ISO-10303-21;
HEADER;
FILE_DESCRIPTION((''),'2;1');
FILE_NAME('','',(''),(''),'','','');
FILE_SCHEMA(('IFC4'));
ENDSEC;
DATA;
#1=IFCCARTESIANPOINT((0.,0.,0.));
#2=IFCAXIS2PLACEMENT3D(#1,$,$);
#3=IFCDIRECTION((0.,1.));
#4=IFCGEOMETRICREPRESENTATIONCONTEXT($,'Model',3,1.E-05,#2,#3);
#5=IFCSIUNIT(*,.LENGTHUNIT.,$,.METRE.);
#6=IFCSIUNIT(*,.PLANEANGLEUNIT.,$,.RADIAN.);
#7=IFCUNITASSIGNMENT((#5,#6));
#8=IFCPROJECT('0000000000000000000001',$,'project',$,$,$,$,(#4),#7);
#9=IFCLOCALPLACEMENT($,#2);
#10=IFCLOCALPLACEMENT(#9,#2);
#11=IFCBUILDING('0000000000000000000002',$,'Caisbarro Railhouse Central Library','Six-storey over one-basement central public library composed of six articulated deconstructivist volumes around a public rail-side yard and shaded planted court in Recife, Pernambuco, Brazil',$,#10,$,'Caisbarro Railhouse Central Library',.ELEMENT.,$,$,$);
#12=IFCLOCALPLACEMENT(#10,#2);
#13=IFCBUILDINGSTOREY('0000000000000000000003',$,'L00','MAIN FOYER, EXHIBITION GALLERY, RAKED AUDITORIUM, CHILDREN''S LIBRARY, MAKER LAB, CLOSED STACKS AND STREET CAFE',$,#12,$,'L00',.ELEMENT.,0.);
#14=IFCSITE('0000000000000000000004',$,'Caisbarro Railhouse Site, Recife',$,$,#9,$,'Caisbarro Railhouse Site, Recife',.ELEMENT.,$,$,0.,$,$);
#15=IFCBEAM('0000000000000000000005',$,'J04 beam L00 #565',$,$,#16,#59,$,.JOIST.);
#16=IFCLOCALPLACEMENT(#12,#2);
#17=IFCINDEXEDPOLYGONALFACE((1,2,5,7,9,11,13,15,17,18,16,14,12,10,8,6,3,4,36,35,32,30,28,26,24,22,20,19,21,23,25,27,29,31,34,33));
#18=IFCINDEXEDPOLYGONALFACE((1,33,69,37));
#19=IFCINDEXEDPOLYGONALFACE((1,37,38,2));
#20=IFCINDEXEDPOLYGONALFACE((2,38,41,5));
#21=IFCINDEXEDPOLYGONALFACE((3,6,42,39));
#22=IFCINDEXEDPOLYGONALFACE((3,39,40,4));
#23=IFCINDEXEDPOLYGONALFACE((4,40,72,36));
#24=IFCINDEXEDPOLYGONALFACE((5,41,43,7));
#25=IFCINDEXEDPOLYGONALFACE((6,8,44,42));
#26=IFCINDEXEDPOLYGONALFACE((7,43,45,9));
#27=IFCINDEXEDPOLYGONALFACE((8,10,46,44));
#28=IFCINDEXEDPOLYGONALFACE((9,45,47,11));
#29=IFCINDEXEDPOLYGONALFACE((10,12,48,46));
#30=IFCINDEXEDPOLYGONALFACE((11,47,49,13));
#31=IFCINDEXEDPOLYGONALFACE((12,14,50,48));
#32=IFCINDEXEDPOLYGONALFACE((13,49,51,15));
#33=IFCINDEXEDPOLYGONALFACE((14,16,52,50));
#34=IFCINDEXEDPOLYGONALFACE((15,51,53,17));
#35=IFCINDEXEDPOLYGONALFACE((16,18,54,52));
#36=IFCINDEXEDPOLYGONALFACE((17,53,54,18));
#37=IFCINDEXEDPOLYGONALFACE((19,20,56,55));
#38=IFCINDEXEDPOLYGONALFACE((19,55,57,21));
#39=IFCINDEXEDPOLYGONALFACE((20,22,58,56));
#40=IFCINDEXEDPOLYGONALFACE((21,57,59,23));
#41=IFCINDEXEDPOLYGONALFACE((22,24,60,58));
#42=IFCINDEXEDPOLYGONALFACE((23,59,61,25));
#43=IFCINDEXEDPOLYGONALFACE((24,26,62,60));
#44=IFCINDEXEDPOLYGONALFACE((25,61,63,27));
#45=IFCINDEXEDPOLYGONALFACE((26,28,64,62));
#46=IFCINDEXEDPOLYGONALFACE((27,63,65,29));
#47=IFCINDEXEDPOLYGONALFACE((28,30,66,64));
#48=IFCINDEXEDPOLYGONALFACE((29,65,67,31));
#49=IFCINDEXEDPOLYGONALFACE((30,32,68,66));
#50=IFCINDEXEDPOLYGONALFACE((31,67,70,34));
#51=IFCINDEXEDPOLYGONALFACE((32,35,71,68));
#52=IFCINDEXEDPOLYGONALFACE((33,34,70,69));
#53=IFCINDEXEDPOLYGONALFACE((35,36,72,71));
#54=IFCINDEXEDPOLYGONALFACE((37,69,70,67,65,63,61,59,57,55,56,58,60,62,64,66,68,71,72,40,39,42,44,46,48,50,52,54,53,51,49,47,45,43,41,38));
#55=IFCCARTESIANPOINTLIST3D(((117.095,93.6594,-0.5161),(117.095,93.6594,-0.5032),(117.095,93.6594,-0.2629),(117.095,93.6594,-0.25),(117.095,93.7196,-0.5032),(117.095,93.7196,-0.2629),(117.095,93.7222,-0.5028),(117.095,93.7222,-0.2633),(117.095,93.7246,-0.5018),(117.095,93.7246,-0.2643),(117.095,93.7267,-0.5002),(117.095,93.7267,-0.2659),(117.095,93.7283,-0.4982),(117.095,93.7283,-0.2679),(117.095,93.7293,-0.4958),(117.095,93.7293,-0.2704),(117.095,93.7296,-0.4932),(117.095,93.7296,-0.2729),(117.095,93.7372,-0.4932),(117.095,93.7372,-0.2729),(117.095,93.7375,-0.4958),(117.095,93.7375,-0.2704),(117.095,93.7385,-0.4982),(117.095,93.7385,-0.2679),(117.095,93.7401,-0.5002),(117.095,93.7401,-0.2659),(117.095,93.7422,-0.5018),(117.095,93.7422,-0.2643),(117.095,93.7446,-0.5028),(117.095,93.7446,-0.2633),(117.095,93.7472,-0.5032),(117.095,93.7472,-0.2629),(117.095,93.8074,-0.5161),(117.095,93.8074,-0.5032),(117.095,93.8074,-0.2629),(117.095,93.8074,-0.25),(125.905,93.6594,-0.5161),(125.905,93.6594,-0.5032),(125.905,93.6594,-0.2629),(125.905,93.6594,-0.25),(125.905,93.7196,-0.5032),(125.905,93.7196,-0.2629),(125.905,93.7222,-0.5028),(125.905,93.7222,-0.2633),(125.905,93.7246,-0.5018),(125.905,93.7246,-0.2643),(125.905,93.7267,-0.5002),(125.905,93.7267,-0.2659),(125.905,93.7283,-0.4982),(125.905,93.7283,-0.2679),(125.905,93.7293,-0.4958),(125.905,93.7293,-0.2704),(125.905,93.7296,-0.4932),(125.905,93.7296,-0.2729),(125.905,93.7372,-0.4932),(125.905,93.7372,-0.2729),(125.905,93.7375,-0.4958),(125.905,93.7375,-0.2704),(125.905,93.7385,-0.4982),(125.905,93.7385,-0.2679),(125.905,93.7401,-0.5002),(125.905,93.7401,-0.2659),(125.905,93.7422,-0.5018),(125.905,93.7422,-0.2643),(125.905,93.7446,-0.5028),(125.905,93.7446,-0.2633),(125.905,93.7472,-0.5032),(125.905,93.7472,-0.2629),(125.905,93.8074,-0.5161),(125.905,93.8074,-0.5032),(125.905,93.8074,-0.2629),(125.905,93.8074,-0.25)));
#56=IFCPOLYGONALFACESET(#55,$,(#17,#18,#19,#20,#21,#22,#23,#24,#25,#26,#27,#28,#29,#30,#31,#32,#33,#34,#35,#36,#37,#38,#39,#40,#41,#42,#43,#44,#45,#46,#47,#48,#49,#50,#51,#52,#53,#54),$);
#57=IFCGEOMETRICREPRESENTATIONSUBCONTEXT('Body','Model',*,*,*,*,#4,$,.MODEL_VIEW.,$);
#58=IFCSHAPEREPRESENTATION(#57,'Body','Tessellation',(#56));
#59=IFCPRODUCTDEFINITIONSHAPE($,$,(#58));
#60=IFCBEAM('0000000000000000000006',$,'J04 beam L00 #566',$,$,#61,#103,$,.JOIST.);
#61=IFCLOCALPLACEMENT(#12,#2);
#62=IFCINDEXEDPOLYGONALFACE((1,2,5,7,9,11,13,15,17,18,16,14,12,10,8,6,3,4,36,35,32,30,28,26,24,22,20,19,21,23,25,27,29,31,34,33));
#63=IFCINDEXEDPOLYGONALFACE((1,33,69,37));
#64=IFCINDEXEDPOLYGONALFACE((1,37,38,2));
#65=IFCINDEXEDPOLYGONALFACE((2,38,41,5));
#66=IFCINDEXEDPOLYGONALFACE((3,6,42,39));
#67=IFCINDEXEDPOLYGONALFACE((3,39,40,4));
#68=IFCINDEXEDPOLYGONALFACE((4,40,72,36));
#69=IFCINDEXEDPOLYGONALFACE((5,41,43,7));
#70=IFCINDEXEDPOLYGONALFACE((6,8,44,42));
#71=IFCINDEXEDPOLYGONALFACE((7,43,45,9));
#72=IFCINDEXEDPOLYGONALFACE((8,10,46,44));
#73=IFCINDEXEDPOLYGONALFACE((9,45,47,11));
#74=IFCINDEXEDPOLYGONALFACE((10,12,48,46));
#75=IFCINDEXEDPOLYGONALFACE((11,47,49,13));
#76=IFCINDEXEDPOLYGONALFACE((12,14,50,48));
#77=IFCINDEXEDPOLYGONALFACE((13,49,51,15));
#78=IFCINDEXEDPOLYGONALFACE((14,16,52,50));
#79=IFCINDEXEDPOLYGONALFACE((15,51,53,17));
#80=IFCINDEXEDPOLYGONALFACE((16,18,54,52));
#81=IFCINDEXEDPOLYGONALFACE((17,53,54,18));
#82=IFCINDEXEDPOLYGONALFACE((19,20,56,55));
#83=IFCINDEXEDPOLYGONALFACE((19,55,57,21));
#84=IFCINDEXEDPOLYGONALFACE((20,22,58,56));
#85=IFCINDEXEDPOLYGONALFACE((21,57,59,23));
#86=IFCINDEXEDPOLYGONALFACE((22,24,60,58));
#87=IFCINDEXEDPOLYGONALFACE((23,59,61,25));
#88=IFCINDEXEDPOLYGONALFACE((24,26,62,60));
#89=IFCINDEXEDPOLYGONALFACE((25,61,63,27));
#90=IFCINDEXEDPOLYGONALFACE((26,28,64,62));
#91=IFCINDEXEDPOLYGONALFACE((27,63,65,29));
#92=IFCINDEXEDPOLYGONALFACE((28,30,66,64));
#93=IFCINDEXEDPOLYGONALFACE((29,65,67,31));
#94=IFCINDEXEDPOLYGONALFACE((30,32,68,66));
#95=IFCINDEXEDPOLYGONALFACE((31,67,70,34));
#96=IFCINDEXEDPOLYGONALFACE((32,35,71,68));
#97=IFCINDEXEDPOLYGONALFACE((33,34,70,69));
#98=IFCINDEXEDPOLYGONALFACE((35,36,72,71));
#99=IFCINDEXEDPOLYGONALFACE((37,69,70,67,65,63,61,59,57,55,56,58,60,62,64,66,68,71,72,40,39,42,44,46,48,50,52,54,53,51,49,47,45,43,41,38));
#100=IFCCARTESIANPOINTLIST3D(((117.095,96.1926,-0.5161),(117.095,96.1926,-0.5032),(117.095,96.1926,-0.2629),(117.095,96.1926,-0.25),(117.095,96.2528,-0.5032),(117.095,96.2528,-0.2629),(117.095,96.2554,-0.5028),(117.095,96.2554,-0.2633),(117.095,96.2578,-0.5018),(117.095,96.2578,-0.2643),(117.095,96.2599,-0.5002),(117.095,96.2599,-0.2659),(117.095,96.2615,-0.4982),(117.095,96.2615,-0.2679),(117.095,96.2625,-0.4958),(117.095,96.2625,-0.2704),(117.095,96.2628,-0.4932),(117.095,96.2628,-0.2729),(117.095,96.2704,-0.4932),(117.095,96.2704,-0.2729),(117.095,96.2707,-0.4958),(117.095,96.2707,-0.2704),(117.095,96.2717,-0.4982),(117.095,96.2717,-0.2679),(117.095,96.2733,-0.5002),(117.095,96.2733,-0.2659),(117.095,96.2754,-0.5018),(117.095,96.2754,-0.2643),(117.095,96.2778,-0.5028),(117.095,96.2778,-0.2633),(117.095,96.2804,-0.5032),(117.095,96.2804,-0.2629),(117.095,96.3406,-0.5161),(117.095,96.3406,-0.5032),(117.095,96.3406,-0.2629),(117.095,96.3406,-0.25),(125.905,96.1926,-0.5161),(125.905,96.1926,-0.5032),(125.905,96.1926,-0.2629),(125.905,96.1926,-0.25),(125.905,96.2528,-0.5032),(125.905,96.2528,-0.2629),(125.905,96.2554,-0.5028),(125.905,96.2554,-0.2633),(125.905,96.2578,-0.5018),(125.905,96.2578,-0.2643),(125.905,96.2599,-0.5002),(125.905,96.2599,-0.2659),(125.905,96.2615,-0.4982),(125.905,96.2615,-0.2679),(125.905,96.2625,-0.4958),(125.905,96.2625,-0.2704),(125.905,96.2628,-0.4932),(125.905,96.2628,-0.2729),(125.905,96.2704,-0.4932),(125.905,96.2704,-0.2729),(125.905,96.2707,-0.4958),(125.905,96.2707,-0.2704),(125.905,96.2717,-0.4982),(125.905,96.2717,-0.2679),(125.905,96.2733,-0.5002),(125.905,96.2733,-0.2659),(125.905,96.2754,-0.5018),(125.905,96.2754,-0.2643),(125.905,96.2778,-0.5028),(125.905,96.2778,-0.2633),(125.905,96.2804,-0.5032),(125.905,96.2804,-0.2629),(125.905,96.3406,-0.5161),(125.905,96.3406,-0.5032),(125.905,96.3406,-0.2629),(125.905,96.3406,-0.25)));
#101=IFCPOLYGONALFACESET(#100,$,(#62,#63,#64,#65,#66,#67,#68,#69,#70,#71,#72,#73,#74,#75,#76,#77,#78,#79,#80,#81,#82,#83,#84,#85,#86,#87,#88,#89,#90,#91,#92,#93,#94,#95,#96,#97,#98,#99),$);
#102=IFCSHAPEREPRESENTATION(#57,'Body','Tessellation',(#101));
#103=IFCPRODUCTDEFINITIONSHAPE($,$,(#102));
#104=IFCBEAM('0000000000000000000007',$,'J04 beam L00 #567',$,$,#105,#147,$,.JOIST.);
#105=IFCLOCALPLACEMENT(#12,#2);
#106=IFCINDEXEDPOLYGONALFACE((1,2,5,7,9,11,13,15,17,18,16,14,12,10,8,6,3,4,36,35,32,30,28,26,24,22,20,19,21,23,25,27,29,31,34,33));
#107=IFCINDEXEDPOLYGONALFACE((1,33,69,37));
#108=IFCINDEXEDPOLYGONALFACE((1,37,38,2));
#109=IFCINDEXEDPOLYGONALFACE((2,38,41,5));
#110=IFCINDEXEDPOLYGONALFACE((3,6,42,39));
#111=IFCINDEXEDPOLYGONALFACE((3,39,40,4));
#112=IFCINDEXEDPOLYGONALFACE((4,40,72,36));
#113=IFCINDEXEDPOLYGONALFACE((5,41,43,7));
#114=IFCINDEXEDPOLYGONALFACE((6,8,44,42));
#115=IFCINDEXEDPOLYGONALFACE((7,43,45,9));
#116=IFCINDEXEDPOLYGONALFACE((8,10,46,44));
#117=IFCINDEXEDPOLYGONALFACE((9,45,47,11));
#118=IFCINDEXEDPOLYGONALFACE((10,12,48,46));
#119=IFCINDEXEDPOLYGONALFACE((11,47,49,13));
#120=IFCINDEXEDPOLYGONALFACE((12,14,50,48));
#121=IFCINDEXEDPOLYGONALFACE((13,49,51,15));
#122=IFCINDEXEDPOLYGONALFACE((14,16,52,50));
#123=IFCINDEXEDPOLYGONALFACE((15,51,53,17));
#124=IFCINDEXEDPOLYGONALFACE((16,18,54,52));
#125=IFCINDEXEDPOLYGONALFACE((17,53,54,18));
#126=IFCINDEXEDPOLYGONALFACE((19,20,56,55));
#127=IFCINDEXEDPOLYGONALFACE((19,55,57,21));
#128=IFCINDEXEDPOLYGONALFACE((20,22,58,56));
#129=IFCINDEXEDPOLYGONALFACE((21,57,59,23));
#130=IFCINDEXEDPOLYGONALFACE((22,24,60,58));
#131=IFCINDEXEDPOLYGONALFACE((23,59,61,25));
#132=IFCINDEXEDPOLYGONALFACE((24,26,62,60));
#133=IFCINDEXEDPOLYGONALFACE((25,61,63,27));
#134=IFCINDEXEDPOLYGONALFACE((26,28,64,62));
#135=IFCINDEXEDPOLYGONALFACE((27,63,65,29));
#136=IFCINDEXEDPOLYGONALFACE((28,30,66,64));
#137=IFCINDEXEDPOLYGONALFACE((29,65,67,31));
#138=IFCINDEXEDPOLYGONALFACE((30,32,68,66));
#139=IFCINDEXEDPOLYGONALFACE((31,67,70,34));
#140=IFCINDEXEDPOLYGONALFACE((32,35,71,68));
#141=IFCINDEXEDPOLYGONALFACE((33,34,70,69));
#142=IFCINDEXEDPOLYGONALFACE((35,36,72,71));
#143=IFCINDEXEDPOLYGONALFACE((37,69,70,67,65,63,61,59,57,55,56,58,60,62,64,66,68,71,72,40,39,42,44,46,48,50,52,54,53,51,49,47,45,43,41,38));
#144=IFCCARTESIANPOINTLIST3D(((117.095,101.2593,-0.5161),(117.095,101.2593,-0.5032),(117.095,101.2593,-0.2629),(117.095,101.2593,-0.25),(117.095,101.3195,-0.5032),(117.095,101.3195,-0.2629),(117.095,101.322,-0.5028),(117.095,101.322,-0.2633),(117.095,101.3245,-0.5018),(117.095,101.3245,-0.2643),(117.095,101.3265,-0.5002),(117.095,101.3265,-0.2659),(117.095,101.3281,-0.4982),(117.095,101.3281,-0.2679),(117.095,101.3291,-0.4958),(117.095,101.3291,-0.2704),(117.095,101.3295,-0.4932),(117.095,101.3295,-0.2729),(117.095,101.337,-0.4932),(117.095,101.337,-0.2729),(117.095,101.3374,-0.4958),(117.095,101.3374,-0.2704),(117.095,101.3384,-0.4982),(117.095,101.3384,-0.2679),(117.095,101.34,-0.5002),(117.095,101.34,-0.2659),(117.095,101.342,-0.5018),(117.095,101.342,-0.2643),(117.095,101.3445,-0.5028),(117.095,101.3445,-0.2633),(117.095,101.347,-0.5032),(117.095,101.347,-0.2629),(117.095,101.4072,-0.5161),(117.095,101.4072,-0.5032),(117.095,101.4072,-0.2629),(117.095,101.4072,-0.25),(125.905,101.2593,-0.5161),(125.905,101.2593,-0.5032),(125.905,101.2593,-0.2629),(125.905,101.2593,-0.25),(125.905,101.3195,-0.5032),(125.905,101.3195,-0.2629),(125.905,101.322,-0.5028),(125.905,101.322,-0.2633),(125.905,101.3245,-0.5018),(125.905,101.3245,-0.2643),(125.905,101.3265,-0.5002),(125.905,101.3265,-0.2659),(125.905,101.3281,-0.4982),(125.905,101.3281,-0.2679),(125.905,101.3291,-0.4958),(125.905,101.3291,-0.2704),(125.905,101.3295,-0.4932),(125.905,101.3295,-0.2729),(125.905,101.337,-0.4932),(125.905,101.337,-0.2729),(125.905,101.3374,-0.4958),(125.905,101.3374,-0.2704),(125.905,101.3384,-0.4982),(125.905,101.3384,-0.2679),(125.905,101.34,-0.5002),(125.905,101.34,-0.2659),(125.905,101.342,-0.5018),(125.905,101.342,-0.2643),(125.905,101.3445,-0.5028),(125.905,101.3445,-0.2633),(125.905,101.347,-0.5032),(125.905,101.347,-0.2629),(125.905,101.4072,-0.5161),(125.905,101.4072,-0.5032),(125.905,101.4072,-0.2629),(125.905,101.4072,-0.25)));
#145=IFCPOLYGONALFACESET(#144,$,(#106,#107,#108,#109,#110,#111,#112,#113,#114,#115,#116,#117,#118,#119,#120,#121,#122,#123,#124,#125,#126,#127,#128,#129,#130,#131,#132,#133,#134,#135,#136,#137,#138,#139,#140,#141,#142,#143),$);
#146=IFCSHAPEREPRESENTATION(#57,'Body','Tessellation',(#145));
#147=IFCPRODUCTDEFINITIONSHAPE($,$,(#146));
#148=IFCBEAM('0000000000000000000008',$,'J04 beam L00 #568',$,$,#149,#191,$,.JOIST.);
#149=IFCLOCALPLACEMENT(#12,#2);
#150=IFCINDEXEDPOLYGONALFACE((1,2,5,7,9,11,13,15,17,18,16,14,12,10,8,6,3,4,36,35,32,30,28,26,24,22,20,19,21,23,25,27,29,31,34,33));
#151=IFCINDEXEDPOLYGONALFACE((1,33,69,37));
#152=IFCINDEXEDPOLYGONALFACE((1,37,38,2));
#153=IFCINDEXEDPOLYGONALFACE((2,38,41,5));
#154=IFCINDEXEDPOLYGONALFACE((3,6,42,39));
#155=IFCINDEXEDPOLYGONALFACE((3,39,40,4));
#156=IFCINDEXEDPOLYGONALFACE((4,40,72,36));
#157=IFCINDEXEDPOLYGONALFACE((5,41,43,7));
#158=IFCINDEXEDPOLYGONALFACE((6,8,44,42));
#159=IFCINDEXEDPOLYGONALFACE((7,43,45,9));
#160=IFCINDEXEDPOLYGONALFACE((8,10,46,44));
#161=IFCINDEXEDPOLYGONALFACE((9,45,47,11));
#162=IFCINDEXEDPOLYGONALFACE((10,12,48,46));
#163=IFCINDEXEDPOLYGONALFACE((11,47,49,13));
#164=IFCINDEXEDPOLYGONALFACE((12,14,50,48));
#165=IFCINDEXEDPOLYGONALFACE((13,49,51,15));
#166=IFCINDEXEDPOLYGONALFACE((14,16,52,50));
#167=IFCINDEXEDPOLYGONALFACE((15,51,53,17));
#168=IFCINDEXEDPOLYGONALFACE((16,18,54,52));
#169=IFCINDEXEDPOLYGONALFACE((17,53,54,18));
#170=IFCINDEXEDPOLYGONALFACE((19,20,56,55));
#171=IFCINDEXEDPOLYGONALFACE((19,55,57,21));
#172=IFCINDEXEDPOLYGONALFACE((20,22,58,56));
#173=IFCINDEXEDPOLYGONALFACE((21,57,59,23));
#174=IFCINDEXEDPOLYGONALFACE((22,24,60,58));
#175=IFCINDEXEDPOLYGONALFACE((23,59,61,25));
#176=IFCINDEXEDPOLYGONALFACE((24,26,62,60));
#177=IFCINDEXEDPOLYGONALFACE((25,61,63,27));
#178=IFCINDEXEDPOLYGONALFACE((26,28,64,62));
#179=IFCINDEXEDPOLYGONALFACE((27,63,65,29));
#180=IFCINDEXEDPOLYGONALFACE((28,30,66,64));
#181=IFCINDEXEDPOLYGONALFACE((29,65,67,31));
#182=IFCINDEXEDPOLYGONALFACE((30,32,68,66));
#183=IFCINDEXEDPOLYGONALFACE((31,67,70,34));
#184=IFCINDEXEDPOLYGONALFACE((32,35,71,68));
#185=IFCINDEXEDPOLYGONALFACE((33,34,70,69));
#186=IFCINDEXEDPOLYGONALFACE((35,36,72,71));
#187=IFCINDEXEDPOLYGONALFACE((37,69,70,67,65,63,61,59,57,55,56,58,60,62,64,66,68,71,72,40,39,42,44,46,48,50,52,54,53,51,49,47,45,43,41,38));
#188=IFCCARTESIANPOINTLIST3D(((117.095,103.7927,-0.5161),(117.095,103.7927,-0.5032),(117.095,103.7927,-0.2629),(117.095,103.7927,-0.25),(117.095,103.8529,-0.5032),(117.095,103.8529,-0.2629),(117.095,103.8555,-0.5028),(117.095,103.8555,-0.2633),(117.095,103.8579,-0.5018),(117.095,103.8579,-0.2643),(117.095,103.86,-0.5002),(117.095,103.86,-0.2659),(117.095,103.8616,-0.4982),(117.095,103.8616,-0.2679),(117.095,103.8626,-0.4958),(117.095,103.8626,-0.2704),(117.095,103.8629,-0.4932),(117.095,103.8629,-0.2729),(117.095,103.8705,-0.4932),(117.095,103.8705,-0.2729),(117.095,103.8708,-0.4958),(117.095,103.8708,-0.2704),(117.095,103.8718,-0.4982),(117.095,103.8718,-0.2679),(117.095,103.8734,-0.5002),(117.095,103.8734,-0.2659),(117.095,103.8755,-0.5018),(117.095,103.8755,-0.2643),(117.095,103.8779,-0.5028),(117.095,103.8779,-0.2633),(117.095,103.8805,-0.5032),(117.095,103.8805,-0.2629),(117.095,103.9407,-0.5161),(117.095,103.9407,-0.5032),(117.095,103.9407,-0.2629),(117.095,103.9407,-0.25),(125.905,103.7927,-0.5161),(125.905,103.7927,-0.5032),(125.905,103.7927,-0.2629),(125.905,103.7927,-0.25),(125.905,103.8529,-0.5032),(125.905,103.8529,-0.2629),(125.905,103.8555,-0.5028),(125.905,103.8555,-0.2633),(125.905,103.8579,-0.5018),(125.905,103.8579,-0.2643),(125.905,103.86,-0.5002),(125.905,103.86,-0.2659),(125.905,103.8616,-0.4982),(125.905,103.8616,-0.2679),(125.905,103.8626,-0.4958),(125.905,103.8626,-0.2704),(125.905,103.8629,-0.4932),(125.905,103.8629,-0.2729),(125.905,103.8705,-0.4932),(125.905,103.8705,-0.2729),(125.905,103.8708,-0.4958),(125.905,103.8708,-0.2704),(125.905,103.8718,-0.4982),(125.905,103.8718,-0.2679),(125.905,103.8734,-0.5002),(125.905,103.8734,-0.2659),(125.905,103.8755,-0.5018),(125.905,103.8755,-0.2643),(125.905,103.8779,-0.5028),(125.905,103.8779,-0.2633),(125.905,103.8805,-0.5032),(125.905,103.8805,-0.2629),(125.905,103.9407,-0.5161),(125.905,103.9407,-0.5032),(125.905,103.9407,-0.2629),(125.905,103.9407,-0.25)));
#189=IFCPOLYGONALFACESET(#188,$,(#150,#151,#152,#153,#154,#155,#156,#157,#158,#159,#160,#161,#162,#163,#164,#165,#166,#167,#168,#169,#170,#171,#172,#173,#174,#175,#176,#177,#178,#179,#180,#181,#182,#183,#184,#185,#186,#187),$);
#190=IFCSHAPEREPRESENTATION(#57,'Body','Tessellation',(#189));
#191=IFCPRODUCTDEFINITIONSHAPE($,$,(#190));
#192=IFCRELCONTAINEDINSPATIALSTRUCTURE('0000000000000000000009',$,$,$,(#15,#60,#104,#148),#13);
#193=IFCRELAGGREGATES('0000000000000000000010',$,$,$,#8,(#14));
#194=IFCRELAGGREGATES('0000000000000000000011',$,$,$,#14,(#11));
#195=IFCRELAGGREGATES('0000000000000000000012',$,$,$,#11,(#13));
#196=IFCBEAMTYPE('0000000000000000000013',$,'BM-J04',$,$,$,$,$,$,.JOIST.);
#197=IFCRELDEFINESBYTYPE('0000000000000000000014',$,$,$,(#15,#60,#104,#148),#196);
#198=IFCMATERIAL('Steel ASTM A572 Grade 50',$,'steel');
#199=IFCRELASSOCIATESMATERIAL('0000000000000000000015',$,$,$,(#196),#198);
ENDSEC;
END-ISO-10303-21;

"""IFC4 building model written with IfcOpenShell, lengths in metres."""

from ifc_helpers import new_model, si_unit, direction, frame, origin, origin_2d, place, context, subcontext, project, spatial, i_section, extrude, material, material_profile, profile_set, type_object, element, save


model = new_model("IFC4")

# Units and contexts
model_context = context("Model", 3, precision=1e-05, world=origin(), true_north=direction((0.0, 1.0)))
body_context = subcontext(model_context, "Body", "Model", "MODEL_VIEW")
ifc_project = project(units=[si_unit("LENGTHUNIT", "METRE"), si_unit("PLANEANGLEUNIT", "RADIAN")], contexts=[model_context])

# Site, building, storey
site_placement = place(None, origin())
site = spatial("IfcSite", under=ifc_project, at=site_placement, Name="Caisbarro Railhouse Site, Recife", LongName="Caisbarro Railhouse Site, Recife", CompositionType="ELEMENT", RefElevation=0.0)
building_placement = place(site_placement, origin())
building = spatial("IfcBuilding", under=site, at=building_placement, Name="Caisbarro Railhouse Central Library", Description="Six-storey over one-basement central public library composed of six articulated deconstructivist volumes around a public rail-side yard and shaded planted court in Recife, Pernambuco, Brazil", LongName="Caisbarro Railhouse Central Library", CompositionType="ELEMENT")
storey_placement = place(building_placement, origin())
storey = spatial("IfcBuildingStorey", under=building, at=storey_placement, Name="L00", Description="MAIN FOYER, EXHIBITION GALLERY, RAKED AUDITORIUM, CHILDREN'S LIBRARY, MAKER LAB, CLOSED STACKS AND STREET CAFE", LongName="L00", CompositionType="ELEMENT", Elevation=0.0)

# Shared definitions
ifc_material_1 = material(Name="Steel ASTM A572 Grade 50", Category="steel")

# Beams
ifc_material_profile_1 = material_profile(ifc_material_1, i_section(OverallWidth=0.1479, OverallDepth=0.2661, WebThickness=0.0076, FlangeThickness=0.0129, FilletRadius=0.01, at=origin_2d()), Name="W250X44.8")
ifc_profile_set_1 = profile_set([ifc_material_profile_1], Name="Steel ASTM A572 Grade 50")
beam_type_1 = type_object("IfcBeamType", Name="BM-J04", PredefinedType="JOIST", material=ifc_profile_set_1)
for number, where, z_axis, x_axis, name in (
    (1, (117.095, 93.7334, -0.3831), (1.0, 0.0, 0.0), (0.0, 1.0, 0.0), "J04 beam L00 #565"),
    (2, (117.095, 96.2666, -0.3831), (1.0, 0.0, 0.0), (0.0, 1.0, 0.0), "J04 beam L00 #566"),
    (3, (117.095, 101.3333, -0.3831), (1.0, 0.0, 0.0), (0.0, 1.0, 0.0), "J04 beam L00 #567"),
    (4, (117.095, 103.8667, -0.3831), (1.0, 0.0, 0.0), (0.0, 1.0, 0.0), "J04 beam L00 #568"),
):
    element("IfcBeam", number, at=place(storey_placement, frame(where, z_axis=z_axis, x_axis=x_axis)), inside=storey, type_object=beam_type_1, Name=name, PredefinedType="JOIST", context=body_context, shape_type="SweptSolid", body=[
        extrude(i_section(OverallWidth=0.1479, OverallDepth=0.2661, WebThickness=0.0076, FlangeThickness=0.0129, FilletRadius=0.01, at=origin_2d()), origin(), (0.0, 0.0, 1.0), 8.8101),
    ])

save(model, "model.ifc")
